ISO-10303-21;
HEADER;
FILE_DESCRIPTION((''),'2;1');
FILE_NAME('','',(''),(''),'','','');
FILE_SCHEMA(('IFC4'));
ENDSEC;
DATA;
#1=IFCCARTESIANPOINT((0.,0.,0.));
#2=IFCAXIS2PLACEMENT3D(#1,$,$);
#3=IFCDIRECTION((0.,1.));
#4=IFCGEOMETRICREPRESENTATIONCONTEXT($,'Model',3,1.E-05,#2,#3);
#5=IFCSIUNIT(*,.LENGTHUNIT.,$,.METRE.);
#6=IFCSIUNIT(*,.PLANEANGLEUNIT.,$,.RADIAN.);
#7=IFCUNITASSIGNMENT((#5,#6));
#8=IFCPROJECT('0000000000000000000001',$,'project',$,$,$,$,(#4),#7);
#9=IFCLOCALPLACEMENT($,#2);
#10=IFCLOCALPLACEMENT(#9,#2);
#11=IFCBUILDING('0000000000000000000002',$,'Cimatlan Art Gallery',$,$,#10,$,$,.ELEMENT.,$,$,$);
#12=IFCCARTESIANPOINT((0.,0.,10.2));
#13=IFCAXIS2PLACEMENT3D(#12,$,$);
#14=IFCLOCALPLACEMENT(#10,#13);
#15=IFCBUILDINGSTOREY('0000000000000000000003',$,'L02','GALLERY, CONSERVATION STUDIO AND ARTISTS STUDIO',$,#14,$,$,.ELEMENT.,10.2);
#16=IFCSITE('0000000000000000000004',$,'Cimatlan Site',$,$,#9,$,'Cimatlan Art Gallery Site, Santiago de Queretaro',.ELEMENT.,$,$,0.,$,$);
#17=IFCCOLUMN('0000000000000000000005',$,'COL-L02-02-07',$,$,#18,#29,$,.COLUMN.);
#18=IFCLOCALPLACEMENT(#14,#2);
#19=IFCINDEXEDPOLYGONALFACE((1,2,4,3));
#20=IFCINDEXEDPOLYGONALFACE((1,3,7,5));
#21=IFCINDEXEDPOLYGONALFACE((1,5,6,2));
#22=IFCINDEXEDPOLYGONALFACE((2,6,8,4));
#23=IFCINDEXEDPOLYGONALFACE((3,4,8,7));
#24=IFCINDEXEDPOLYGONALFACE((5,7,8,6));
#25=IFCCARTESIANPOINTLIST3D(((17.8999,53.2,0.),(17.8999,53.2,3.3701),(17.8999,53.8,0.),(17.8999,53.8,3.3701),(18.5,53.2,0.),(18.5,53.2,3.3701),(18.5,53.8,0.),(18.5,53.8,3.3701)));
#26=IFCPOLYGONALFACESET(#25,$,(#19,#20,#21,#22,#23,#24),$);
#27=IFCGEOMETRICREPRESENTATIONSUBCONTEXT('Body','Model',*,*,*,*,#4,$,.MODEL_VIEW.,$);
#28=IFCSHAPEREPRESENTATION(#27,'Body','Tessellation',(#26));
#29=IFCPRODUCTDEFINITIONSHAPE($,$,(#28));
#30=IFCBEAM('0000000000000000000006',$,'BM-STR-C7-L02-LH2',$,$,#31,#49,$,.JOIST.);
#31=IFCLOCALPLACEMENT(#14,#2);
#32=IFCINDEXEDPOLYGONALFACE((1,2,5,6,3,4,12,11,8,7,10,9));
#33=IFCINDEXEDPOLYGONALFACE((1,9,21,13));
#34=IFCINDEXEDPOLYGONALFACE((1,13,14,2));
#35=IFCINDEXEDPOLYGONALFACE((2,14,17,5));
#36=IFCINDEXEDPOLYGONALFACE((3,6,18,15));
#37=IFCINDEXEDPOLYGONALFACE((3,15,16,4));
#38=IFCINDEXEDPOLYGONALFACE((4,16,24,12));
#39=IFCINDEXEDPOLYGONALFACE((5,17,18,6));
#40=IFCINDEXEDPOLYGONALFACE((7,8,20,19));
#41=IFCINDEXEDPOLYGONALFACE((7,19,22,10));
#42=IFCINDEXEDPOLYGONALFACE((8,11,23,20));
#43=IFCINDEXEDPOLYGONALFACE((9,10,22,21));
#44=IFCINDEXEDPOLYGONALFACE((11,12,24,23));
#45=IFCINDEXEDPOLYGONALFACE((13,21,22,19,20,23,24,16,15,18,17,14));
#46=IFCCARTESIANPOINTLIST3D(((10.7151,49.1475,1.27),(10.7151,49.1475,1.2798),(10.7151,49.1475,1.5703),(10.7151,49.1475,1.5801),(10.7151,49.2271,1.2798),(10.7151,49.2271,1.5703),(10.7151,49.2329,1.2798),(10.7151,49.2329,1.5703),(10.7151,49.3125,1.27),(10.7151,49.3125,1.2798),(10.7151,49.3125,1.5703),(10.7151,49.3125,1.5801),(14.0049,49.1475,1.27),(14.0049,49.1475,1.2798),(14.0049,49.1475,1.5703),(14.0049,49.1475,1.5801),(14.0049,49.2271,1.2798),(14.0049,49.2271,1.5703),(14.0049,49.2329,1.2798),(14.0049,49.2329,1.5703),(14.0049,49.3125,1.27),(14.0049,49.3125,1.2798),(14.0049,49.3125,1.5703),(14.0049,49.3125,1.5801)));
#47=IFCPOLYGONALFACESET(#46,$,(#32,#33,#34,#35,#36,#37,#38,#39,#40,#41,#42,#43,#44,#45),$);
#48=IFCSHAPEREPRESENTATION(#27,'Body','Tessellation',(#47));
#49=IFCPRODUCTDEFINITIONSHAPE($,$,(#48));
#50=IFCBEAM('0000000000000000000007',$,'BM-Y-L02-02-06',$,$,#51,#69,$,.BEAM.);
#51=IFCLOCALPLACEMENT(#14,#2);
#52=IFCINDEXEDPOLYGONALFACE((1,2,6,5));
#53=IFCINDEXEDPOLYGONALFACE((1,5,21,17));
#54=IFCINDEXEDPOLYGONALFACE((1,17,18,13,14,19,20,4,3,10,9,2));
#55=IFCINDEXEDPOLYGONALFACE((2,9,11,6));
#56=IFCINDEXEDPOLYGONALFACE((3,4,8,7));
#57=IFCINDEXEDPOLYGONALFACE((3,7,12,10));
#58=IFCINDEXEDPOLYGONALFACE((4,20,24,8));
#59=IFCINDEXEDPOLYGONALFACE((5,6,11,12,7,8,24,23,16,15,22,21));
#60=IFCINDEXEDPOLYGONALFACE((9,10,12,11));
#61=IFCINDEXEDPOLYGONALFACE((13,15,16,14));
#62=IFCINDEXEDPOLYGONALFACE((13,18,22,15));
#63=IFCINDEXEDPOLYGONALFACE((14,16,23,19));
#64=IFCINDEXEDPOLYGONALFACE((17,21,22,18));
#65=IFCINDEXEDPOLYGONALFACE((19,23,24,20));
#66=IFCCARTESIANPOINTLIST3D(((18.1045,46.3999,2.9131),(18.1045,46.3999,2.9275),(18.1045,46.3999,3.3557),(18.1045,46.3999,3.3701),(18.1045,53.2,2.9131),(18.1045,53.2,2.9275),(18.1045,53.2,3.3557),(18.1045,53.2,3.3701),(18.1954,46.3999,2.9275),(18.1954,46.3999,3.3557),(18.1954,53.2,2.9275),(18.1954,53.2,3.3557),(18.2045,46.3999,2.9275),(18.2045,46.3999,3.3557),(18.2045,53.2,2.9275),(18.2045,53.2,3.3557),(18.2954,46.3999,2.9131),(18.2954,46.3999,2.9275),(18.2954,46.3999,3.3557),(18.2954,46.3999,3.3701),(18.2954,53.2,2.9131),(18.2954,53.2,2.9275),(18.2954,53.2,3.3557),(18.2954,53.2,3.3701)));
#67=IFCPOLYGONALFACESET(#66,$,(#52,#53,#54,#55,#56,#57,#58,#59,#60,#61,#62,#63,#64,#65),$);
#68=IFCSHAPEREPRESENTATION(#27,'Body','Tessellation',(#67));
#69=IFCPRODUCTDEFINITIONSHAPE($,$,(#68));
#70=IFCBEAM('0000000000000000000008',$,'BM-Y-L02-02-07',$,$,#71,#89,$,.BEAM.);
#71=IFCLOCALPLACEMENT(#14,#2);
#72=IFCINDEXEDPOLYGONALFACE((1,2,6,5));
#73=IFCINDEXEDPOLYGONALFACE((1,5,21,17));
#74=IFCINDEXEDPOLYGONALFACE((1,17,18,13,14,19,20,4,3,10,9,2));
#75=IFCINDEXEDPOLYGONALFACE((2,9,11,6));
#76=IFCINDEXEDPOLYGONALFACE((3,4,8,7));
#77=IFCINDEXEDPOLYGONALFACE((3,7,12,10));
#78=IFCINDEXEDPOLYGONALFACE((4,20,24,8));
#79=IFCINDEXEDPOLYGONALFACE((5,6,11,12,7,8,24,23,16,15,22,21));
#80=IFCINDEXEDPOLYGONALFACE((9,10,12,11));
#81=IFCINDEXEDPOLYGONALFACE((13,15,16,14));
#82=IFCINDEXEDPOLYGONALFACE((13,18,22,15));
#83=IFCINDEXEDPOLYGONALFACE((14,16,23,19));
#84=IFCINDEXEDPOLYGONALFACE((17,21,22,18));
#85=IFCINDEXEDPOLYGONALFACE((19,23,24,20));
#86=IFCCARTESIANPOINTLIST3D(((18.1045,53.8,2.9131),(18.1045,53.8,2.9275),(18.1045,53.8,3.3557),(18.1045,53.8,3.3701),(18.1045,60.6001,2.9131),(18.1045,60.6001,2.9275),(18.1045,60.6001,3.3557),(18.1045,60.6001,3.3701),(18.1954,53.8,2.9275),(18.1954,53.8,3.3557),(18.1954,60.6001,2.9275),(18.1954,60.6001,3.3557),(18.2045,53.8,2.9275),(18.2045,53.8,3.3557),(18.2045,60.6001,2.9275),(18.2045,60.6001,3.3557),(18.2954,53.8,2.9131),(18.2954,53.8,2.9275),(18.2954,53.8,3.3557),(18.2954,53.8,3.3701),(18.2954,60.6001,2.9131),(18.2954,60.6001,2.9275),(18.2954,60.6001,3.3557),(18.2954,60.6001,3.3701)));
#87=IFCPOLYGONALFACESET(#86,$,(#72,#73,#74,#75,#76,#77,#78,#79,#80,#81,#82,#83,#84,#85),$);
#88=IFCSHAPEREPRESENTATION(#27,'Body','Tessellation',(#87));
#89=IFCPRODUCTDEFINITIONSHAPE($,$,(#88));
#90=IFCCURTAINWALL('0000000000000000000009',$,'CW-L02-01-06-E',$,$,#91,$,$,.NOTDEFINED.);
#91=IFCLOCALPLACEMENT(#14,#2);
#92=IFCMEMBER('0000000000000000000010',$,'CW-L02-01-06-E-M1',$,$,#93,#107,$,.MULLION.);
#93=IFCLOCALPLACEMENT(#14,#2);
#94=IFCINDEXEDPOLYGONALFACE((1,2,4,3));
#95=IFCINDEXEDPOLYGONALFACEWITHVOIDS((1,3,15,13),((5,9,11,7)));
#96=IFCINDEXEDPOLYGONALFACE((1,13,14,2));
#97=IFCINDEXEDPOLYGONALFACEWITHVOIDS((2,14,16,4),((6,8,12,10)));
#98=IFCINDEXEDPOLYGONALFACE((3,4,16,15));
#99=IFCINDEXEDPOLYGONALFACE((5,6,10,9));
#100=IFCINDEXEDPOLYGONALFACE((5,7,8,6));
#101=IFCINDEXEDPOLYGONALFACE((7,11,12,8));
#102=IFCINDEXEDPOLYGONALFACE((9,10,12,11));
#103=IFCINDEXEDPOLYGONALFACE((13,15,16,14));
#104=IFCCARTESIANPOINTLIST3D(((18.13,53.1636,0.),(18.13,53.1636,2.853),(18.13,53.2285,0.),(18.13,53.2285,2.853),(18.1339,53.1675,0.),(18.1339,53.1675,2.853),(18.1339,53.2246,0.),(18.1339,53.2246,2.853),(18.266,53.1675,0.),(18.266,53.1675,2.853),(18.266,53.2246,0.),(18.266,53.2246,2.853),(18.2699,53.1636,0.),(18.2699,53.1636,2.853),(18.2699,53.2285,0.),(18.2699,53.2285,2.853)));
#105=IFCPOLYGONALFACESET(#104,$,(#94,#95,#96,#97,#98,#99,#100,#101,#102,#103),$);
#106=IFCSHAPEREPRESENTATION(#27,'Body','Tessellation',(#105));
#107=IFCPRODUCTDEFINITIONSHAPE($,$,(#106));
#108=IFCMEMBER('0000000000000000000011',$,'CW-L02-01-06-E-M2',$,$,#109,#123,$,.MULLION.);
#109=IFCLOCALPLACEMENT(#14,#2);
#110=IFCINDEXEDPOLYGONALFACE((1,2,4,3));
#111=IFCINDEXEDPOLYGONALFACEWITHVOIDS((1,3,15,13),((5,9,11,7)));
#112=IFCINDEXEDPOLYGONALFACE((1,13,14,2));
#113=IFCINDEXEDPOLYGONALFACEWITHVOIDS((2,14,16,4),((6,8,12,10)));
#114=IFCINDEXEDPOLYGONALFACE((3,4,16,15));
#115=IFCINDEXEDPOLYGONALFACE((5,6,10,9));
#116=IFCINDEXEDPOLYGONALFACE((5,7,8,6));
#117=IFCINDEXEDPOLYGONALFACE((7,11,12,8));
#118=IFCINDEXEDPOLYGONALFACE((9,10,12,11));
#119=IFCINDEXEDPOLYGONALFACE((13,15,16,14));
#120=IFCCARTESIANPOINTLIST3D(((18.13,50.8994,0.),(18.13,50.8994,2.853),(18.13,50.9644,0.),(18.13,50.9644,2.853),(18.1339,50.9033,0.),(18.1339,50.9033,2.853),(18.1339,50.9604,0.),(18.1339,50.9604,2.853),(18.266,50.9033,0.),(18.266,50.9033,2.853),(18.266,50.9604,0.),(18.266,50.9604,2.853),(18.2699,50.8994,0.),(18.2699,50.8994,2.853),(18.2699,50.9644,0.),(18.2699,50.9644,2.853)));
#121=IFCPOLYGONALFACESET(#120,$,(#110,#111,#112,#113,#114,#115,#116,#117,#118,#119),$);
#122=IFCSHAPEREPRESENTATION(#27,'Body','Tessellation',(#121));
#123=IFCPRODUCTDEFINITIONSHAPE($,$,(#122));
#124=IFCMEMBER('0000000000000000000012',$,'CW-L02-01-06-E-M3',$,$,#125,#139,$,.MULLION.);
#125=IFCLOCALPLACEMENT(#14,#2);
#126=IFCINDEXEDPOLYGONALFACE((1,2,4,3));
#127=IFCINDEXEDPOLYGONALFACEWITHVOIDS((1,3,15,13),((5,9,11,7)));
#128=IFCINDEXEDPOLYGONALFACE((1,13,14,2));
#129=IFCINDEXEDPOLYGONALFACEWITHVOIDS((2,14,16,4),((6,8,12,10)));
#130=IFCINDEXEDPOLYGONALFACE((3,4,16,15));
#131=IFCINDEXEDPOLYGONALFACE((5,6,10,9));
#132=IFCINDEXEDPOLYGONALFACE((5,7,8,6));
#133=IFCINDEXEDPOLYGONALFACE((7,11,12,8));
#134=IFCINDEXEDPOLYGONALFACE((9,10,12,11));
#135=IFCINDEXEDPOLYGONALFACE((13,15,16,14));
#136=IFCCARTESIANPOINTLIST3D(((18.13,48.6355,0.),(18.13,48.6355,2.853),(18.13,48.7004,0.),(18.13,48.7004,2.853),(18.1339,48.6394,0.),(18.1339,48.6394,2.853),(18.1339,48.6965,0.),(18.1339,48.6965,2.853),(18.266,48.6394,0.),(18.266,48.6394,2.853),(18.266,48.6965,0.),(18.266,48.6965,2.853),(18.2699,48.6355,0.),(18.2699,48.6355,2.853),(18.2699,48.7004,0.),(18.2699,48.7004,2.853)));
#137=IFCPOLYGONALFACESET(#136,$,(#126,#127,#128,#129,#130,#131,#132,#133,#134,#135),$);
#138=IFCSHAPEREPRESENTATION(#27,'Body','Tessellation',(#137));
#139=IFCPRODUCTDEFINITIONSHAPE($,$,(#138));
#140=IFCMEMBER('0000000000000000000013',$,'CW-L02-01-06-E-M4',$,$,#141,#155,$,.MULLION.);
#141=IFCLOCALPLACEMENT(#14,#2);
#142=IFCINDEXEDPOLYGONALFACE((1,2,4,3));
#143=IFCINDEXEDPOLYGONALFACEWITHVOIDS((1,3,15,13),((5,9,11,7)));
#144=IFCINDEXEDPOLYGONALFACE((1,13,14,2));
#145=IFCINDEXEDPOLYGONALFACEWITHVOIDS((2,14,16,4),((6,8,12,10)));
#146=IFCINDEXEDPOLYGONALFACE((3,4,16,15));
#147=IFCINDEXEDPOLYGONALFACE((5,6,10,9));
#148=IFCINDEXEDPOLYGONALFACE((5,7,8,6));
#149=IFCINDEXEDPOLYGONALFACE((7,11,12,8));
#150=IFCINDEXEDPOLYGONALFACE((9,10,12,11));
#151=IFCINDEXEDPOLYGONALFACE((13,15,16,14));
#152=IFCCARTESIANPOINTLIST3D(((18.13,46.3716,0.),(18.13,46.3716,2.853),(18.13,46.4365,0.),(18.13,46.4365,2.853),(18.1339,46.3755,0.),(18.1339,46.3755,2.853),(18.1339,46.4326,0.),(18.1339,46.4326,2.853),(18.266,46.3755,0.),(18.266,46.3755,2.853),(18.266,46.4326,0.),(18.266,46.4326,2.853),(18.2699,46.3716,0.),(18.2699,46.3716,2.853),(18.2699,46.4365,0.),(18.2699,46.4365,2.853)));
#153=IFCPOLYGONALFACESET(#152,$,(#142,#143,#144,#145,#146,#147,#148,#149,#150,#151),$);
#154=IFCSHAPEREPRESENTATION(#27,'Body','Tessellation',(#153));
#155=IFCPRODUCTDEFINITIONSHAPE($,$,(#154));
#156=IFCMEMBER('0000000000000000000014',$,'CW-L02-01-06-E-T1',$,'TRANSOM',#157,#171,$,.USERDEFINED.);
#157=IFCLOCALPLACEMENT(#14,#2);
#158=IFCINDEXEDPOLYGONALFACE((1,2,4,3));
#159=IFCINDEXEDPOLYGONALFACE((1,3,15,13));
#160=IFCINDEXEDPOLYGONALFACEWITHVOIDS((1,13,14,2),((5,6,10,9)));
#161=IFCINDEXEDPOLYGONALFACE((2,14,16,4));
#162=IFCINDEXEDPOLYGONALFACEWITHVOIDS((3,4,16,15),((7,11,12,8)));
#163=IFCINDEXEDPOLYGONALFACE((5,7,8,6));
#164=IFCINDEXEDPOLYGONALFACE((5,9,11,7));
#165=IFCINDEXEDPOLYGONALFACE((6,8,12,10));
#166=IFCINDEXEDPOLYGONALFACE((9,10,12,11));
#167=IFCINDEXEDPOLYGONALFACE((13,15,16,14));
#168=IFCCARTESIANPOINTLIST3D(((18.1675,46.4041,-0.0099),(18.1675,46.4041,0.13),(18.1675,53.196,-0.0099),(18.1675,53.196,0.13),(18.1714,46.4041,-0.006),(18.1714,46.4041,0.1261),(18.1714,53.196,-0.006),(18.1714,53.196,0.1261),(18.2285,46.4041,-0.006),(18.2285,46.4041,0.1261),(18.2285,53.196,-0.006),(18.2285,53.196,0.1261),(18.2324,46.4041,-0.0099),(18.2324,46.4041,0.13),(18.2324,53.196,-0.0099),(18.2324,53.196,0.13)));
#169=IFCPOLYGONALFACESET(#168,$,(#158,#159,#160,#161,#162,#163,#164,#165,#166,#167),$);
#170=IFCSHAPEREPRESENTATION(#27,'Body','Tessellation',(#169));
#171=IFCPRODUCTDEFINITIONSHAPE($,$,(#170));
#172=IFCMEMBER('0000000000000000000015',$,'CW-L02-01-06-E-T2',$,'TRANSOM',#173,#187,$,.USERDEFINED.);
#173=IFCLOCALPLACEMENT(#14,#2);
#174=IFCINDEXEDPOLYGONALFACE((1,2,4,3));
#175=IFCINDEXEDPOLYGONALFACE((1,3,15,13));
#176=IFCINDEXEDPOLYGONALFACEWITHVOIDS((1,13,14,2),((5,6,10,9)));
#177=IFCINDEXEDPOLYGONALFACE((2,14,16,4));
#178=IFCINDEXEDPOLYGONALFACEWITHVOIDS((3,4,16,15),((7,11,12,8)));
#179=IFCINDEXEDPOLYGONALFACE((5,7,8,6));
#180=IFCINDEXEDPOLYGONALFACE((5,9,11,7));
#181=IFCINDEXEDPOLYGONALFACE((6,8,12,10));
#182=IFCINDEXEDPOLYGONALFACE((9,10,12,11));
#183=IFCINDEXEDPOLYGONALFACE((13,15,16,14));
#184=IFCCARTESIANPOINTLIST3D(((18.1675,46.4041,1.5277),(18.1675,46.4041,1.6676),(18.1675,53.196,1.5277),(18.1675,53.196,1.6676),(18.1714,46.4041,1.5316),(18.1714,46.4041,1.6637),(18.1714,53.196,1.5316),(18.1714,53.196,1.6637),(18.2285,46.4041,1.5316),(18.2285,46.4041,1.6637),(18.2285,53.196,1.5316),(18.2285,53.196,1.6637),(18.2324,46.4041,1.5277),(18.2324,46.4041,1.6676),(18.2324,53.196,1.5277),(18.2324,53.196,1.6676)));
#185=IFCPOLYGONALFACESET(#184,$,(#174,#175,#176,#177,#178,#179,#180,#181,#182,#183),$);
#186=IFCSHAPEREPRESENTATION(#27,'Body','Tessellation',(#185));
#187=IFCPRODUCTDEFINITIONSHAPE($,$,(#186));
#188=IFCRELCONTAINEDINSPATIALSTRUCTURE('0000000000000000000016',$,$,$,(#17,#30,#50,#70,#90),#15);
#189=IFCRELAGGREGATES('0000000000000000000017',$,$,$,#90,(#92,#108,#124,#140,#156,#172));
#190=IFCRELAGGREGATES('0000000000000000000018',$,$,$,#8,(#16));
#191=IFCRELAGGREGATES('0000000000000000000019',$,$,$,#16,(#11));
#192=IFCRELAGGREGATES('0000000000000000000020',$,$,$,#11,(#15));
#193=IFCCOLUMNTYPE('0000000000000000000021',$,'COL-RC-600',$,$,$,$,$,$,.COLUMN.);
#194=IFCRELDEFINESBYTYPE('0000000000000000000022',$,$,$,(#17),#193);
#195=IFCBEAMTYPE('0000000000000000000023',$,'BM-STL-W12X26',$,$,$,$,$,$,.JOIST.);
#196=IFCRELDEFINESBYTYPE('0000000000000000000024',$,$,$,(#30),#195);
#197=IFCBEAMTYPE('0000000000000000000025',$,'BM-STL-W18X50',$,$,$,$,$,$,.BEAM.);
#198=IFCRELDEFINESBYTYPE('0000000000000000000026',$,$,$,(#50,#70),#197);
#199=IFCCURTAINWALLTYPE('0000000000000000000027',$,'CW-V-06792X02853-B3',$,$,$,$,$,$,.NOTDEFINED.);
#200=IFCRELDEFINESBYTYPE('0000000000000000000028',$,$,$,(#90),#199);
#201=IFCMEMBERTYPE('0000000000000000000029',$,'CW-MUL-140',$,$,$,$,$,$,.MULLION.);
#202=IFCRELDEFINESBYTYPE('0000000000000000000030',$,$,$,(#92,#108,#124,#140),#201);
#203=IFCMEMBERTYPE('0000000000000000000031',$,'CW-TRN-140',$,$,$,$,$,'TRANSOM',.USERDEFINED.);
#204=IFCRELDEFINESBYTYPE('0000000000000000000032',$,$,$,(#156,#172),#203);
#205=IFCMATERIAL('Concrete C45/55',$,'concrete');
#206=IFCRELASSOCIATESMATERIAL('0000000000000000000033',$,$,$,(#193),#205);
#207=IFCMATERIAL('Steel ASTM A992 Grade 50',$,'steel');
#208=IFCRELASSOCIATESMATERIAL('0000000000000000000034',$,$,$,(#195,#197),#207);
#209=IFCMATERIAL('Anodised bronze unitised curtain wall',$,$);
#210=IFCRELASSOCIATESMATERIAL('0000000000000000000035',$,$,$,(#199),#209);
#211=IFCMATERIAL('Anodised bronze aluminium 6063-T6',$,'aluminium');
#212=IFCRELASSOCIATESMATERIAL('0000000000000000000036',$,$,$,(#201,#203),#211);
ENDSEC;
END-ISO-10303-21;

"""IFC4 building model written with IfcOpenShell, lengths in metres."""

from ifc_helpers import new_model, si_unit, direction, frame, origin, origin_2d, place, context, subcontext, project, spatial, rectangle, hollow_rectangle, i_section, extrude, material, material_profile, profile_set, type_object, element, aggregate, save


model = new_model("IFC4")

# Units and contexts
model_context = context("Model", 3, precision=1e-05, world=origin(), true_north=direction((0.0, 1.0)))
body_context = subcontext(model_context, "Body", "Model", "MODEL_VIEW")
ifc_project = project(units=[si_unit("LENGTHUNIT", "METRE"), si_unit("PLANEANGLEUNIT", "RADIAN")], contexts=[model_context])

# Site, building, storey
site_placement = place(None, origin())
site = spatial("IfcSite", under=ifc_project, at=site_placement, Name="Cimatlan Site", LongName="Cimatlan Art Gallery Site, Santiago de Queretaro", CompositionType="ELEMENT", RefElevation=0.0)
building_placement = place(site_placement, origin())
building = spatial("IfcBuilding", under=site, at=building_placement, Name="Cimatlan Art Gallery", CompositionType="ELEMENT")
storey_placement = place(building_placement, frame((0.0, 0.0, 10.2)))
storey = spatial("IfcBuildingStorey", under=building, at=storey_placement, Name="L02", Description="GALLERY, CONSERVATION STUDIO AND ARTISTS STUDIO", CompositionType="ELEMENT", Elevation=10.2)

# Column
ifc_material_1 = material(Name="Concrete C45/55", Category="concrete")
ifc_material_profile_1 = material_profile(ifc_material_1, rectangle(XDim=0.6001, YDim=0.6001, at=origin_2d()), Name="RC600X600")
ifc_profile_set_1 = profile_set([ifc_material_profile_1], Name="Concrete C45/55")
column_type = type_object("IfcColumnType", Name="COL-RC-600", PredefinedType="COLUMN", material=ifc_profile_set_1)
column_placement = place(storey_placement, frame((18.2, 53.5, 0.0), z_axis=(0.0, 0.0, 1.0), x_axis=(1.0, 0.0, 0.0)))
element("IfcColumn", 1, at=column_placement, inside=storey, type_object=column_type, Name="COL-L02-02-07", PredefinedType="COLUMN", context=body_context, shape_type="SweptSolid", body=[
    extrude(rectangle(XDim=0.6001, YDim=0.6001, at=origin_2d()), origin(), (0.0, 0.0, 1.0), 3.3701),
])

# Beams
ifc_material_2 = material(Name="Steel ASTM A992 Grade 50", Category="steel")
ifc_material_profile_2 = material_profile(ifc_material_2, i_section(OverallWidth=0.165, OverallDepth=0.3101, WebThickness=0.0059, FlangeThickness=0.0098, at=origin_2d()), Name="W12X26")
ifc_profile_set_2 = profile_set([ifc_material_profile_2], Name="Steel ASTM A992 Grade 50")
beam_type_1 = type_object("IfcBeamType", Name="BM-STL-W12X26", PredefinedType="JOIST", material=ifc_profile_set_2)
beam_placement = place(storey_placement, frame((10.7151, 49.23, 1.425), z_axis=(1.0, 0.0, 0.0), x_axis=(0.0, 1.0, 0.0)))
element("IfcBeam", 2, at=beam_placement, inside=storey, type_object=beam_type_1, Name="BM-STR-C7-L02-LH2", PredefinedType="JOIST", context=body_context, shape_type="SweptSolid", body=[
    extrude(i_section(OverallWidth=0.165, OverallDepth=0.3101, WebThickness=0.0059, FlangeThickness=0.0098, at=origin_2d()), origin(), (0.0, 0.0, 1.0), 3.2898),
])
ifc_material_profile_3 = material_profile(ifc_material_2, i_section(OverallWidth=0.1909, OverallDepth=0.457, WebThickness=0.009, FlangeThickness=0.0144, at=origin_2d()), Name="W18X50")
ifc_profile_set_3 = profile_set([ifc_material_profile_3], Name="Steel ASTM A992 Grade 50")
beam_type_2 = type_object("IfcBeamType", Name="BM-STL-W18X50", PredefinedType="BEAM", material=ifc_profile_set_3)
for number, where, z_axis, x_axis, name in (
    (3, (18.2, 46.3999, 3.1416), (0.0, 1.0, 0.0), (-1.0, 0.0, 0.0), "BM-Y-L02-02-06"),
    (4, (18.2, 53.8, 3.1416), (0.0, 1.0, 0.0), (-1.0, 0.0, 0.0), "BM-Y-L02-02-07"),
):
    element("IfcBeam", number, at=place(storey_placement, frame(where, z_axis=z_axis, x_axis=x_axis)), inside=storey, type_object=beam_type_2, Name=name, PredefinedType="BEAM", context=body_context, shape_type="SweptSolid", body=[
        extrude(i_section(OverallWidth=0.1909, OverallDepth=0.457, WebThickness=0.009, FlangeThickness=0.0144, at=origin_2d()), origin(), (0.0, 0.0, 1.0), 6.8),
    ])

# Curtain wall, members
ifc_material_3 = material(Name="Anodised bronze unitised curtain wall")
curtain_wall_type = type_object("IfcCurtainWallType", Name="CW-V-06792X02853-B3", PredefinedType="NOTDEFINED", material=ifc_material_3)
curtain_wall_placement = place(storey_placement, origin())
curtain_wall = element("IfcCurtainWall", 5, at=curtain_wall_placement, inside=storey, type_object=curtain_wall_type, Name="CW-L02-01-06-E", PredefinedType="NOTDEFINED")
ifc_material_4 = material(Name="Anodised bronze aluminium 6063-T6", Category="aluminium")
ifc_material_profile_4 = material_profile(ifc_material_4, hollow_rectangle(XDim=0.0649, YDim=0.1399, WallThickness=0.0039, at=origin_2d()), Name="ALU65X140X4")
ifc_profile_set_4 = profile_set([ifc_material_profile_4], Name="Anodised bronze aluminium 6063-T6")
member_type_1 = type_object("IfcMemberType", Name="CW-MUL-140", PredefinedType="MULLION", material=ifc_profile_set_4)
member_1_placement = place(storey_placement, frame((18.2, 53.196, 0.0), z_axis=(0.0, 0.0, 1.0), x_axis=(0.0, 1.0, 0.0)))
member_1 = element("IfcMember", 6, at=member_1_placement, type_object=member_type_1, Name="CW-L02-01-06-E-M1", PredefinedType="MULLION", context=body_context, shape_type="SweptSolid", body=[
    extrude(hollow_rectangle(XDim=0.0649, YDim=0.1399, WallThickness=0.0039, at=origin_2d()), origin(), (0.0, 0.0, 1.0), 2.853),
])
member_2_placement = place(storey_placement, frame((18.2, 50.9319, 0.0), z_axis=(0.0, 0.0, 1.0), x_axis=(0.0, 1.0, 0.0)))
member_2 = element("IfcMember", 7, at=member_2_placement, type_object=member_type_1, Name="CW-L02-01-06-E-M2", PredefinedType="MULLION", context=body_context, shape_type="SweptSolid", body=[
    extrude(hollow_rectangle(XDim=0.0649, YDim=0.1399, WallThickness=0.0039, at=origin_2d()), origin(), (0.0, 0.0, 1.0), 2.853),
])
member_3_placement = place(storey_placement, frame((18.2, 48.668, 0.0), z_axis=(0.0, 0.0, 1.0), x_axis=(0.0, 1.0, 0.0)))
member_3 = element("IfcMember", 8, at=member_3_placement, type_object=member_type_1, Name="CW-L02-01-06-E-M3", PredefinedType="MULLION", context=body_context, shape_type="SweptSolid", body=[
    extrude(hollow_rectangle(XDim=0.0649, YDim=0.1399, WallThickness=0.0039, at=origin_2d()), origin(), (0.0, 0.0, 1.0), 2.853),
])
member_4_placement = place(storey_placement, frame((18.2, 46.4041, 0.0), z_axis=(0.0, 0.0, 1.0), x_axis=(0.0, 1.0, 0.0)))
member_4 = element("IfcMember", 9, at=member_4_placement, type_object=member_type_1, Name="CW-L02-01-06-E-M4", PredefinedType="MULLION", context=body_context, shape_type="SweptSolid", body=[
    extrude(hollow_rectangle(XDim=0.0649, YDim=0.1399, WallThickness=0.0039, at=origin_2d()), origin(), (0.0, 0.0, 1.0), 2.853),
])
ifc_material_profile_5 = material_profile(ifc_material_4, hollow_rectangle(XDim=0.0649, YDim=0.1399, WallThickness=0.0039, at=origin_2d()), Name="ALU65X140X4")
ifc_profile_set_5 = profile_set([ifc_material_profile_5], Name="Anodised bronze aluminium 6063-T6")
member_type_2 = type_object("IfcMemberType", Name="CW-TRN-140", ElementType="TRANSOM", PredefinedType="USERDEFINED", material=ifc_profile_set_5)
member_5_placement = place(storey_placement, frame((18.2, 53.196, 0.0601), z_axis=(0.0, -1.0, 0.0), x_axis=(1.0, 0.0, 0.0)))
member_5 = element("IfcMember", 10, at=member_5_placement, type_object=member_type_2, Name="CW-L02-01-06-E-T1", ObjectType="TRANSOM", PredefinedType="USERDEFINED", context=body_context, shape_type="SweptSolid", body=[
    extrude(hollow_rectangle(XDim=0.0649, YDim=0.1399, WallThickness=0.0039, at=origin_2d()), origin(), (0.0, 0.0, 1.0), 6.792),
])
member_6_placement = place(storey_placement, frame((18.2, 53.196, 1.5977), z_axis=(0.0, -1.0, 0.0), x_axis=(1.0, 0.0, 0.0)))
member_6 = element("IfcMember", 11, at=member_6_placement, type_object=member_type_2, Name="CW-L02-01-06-E-T2", ObjectType="TRANSOM", PredefinedType="USERDEFINED", context=body_context, shape_type="SweptSolid", body=[
    extrude(hollow_rectangle(XDim=0.0649, YDim=0.1399, WallThickness=0.0039, at=origin_2d()), origin(), (0.0, 0.0, 1.0), 6.792),
])
aggregate(curtain_wall, [member_1, member_2, member_3, member_4, member_5, member_6])

save(model, "model.ifc")
